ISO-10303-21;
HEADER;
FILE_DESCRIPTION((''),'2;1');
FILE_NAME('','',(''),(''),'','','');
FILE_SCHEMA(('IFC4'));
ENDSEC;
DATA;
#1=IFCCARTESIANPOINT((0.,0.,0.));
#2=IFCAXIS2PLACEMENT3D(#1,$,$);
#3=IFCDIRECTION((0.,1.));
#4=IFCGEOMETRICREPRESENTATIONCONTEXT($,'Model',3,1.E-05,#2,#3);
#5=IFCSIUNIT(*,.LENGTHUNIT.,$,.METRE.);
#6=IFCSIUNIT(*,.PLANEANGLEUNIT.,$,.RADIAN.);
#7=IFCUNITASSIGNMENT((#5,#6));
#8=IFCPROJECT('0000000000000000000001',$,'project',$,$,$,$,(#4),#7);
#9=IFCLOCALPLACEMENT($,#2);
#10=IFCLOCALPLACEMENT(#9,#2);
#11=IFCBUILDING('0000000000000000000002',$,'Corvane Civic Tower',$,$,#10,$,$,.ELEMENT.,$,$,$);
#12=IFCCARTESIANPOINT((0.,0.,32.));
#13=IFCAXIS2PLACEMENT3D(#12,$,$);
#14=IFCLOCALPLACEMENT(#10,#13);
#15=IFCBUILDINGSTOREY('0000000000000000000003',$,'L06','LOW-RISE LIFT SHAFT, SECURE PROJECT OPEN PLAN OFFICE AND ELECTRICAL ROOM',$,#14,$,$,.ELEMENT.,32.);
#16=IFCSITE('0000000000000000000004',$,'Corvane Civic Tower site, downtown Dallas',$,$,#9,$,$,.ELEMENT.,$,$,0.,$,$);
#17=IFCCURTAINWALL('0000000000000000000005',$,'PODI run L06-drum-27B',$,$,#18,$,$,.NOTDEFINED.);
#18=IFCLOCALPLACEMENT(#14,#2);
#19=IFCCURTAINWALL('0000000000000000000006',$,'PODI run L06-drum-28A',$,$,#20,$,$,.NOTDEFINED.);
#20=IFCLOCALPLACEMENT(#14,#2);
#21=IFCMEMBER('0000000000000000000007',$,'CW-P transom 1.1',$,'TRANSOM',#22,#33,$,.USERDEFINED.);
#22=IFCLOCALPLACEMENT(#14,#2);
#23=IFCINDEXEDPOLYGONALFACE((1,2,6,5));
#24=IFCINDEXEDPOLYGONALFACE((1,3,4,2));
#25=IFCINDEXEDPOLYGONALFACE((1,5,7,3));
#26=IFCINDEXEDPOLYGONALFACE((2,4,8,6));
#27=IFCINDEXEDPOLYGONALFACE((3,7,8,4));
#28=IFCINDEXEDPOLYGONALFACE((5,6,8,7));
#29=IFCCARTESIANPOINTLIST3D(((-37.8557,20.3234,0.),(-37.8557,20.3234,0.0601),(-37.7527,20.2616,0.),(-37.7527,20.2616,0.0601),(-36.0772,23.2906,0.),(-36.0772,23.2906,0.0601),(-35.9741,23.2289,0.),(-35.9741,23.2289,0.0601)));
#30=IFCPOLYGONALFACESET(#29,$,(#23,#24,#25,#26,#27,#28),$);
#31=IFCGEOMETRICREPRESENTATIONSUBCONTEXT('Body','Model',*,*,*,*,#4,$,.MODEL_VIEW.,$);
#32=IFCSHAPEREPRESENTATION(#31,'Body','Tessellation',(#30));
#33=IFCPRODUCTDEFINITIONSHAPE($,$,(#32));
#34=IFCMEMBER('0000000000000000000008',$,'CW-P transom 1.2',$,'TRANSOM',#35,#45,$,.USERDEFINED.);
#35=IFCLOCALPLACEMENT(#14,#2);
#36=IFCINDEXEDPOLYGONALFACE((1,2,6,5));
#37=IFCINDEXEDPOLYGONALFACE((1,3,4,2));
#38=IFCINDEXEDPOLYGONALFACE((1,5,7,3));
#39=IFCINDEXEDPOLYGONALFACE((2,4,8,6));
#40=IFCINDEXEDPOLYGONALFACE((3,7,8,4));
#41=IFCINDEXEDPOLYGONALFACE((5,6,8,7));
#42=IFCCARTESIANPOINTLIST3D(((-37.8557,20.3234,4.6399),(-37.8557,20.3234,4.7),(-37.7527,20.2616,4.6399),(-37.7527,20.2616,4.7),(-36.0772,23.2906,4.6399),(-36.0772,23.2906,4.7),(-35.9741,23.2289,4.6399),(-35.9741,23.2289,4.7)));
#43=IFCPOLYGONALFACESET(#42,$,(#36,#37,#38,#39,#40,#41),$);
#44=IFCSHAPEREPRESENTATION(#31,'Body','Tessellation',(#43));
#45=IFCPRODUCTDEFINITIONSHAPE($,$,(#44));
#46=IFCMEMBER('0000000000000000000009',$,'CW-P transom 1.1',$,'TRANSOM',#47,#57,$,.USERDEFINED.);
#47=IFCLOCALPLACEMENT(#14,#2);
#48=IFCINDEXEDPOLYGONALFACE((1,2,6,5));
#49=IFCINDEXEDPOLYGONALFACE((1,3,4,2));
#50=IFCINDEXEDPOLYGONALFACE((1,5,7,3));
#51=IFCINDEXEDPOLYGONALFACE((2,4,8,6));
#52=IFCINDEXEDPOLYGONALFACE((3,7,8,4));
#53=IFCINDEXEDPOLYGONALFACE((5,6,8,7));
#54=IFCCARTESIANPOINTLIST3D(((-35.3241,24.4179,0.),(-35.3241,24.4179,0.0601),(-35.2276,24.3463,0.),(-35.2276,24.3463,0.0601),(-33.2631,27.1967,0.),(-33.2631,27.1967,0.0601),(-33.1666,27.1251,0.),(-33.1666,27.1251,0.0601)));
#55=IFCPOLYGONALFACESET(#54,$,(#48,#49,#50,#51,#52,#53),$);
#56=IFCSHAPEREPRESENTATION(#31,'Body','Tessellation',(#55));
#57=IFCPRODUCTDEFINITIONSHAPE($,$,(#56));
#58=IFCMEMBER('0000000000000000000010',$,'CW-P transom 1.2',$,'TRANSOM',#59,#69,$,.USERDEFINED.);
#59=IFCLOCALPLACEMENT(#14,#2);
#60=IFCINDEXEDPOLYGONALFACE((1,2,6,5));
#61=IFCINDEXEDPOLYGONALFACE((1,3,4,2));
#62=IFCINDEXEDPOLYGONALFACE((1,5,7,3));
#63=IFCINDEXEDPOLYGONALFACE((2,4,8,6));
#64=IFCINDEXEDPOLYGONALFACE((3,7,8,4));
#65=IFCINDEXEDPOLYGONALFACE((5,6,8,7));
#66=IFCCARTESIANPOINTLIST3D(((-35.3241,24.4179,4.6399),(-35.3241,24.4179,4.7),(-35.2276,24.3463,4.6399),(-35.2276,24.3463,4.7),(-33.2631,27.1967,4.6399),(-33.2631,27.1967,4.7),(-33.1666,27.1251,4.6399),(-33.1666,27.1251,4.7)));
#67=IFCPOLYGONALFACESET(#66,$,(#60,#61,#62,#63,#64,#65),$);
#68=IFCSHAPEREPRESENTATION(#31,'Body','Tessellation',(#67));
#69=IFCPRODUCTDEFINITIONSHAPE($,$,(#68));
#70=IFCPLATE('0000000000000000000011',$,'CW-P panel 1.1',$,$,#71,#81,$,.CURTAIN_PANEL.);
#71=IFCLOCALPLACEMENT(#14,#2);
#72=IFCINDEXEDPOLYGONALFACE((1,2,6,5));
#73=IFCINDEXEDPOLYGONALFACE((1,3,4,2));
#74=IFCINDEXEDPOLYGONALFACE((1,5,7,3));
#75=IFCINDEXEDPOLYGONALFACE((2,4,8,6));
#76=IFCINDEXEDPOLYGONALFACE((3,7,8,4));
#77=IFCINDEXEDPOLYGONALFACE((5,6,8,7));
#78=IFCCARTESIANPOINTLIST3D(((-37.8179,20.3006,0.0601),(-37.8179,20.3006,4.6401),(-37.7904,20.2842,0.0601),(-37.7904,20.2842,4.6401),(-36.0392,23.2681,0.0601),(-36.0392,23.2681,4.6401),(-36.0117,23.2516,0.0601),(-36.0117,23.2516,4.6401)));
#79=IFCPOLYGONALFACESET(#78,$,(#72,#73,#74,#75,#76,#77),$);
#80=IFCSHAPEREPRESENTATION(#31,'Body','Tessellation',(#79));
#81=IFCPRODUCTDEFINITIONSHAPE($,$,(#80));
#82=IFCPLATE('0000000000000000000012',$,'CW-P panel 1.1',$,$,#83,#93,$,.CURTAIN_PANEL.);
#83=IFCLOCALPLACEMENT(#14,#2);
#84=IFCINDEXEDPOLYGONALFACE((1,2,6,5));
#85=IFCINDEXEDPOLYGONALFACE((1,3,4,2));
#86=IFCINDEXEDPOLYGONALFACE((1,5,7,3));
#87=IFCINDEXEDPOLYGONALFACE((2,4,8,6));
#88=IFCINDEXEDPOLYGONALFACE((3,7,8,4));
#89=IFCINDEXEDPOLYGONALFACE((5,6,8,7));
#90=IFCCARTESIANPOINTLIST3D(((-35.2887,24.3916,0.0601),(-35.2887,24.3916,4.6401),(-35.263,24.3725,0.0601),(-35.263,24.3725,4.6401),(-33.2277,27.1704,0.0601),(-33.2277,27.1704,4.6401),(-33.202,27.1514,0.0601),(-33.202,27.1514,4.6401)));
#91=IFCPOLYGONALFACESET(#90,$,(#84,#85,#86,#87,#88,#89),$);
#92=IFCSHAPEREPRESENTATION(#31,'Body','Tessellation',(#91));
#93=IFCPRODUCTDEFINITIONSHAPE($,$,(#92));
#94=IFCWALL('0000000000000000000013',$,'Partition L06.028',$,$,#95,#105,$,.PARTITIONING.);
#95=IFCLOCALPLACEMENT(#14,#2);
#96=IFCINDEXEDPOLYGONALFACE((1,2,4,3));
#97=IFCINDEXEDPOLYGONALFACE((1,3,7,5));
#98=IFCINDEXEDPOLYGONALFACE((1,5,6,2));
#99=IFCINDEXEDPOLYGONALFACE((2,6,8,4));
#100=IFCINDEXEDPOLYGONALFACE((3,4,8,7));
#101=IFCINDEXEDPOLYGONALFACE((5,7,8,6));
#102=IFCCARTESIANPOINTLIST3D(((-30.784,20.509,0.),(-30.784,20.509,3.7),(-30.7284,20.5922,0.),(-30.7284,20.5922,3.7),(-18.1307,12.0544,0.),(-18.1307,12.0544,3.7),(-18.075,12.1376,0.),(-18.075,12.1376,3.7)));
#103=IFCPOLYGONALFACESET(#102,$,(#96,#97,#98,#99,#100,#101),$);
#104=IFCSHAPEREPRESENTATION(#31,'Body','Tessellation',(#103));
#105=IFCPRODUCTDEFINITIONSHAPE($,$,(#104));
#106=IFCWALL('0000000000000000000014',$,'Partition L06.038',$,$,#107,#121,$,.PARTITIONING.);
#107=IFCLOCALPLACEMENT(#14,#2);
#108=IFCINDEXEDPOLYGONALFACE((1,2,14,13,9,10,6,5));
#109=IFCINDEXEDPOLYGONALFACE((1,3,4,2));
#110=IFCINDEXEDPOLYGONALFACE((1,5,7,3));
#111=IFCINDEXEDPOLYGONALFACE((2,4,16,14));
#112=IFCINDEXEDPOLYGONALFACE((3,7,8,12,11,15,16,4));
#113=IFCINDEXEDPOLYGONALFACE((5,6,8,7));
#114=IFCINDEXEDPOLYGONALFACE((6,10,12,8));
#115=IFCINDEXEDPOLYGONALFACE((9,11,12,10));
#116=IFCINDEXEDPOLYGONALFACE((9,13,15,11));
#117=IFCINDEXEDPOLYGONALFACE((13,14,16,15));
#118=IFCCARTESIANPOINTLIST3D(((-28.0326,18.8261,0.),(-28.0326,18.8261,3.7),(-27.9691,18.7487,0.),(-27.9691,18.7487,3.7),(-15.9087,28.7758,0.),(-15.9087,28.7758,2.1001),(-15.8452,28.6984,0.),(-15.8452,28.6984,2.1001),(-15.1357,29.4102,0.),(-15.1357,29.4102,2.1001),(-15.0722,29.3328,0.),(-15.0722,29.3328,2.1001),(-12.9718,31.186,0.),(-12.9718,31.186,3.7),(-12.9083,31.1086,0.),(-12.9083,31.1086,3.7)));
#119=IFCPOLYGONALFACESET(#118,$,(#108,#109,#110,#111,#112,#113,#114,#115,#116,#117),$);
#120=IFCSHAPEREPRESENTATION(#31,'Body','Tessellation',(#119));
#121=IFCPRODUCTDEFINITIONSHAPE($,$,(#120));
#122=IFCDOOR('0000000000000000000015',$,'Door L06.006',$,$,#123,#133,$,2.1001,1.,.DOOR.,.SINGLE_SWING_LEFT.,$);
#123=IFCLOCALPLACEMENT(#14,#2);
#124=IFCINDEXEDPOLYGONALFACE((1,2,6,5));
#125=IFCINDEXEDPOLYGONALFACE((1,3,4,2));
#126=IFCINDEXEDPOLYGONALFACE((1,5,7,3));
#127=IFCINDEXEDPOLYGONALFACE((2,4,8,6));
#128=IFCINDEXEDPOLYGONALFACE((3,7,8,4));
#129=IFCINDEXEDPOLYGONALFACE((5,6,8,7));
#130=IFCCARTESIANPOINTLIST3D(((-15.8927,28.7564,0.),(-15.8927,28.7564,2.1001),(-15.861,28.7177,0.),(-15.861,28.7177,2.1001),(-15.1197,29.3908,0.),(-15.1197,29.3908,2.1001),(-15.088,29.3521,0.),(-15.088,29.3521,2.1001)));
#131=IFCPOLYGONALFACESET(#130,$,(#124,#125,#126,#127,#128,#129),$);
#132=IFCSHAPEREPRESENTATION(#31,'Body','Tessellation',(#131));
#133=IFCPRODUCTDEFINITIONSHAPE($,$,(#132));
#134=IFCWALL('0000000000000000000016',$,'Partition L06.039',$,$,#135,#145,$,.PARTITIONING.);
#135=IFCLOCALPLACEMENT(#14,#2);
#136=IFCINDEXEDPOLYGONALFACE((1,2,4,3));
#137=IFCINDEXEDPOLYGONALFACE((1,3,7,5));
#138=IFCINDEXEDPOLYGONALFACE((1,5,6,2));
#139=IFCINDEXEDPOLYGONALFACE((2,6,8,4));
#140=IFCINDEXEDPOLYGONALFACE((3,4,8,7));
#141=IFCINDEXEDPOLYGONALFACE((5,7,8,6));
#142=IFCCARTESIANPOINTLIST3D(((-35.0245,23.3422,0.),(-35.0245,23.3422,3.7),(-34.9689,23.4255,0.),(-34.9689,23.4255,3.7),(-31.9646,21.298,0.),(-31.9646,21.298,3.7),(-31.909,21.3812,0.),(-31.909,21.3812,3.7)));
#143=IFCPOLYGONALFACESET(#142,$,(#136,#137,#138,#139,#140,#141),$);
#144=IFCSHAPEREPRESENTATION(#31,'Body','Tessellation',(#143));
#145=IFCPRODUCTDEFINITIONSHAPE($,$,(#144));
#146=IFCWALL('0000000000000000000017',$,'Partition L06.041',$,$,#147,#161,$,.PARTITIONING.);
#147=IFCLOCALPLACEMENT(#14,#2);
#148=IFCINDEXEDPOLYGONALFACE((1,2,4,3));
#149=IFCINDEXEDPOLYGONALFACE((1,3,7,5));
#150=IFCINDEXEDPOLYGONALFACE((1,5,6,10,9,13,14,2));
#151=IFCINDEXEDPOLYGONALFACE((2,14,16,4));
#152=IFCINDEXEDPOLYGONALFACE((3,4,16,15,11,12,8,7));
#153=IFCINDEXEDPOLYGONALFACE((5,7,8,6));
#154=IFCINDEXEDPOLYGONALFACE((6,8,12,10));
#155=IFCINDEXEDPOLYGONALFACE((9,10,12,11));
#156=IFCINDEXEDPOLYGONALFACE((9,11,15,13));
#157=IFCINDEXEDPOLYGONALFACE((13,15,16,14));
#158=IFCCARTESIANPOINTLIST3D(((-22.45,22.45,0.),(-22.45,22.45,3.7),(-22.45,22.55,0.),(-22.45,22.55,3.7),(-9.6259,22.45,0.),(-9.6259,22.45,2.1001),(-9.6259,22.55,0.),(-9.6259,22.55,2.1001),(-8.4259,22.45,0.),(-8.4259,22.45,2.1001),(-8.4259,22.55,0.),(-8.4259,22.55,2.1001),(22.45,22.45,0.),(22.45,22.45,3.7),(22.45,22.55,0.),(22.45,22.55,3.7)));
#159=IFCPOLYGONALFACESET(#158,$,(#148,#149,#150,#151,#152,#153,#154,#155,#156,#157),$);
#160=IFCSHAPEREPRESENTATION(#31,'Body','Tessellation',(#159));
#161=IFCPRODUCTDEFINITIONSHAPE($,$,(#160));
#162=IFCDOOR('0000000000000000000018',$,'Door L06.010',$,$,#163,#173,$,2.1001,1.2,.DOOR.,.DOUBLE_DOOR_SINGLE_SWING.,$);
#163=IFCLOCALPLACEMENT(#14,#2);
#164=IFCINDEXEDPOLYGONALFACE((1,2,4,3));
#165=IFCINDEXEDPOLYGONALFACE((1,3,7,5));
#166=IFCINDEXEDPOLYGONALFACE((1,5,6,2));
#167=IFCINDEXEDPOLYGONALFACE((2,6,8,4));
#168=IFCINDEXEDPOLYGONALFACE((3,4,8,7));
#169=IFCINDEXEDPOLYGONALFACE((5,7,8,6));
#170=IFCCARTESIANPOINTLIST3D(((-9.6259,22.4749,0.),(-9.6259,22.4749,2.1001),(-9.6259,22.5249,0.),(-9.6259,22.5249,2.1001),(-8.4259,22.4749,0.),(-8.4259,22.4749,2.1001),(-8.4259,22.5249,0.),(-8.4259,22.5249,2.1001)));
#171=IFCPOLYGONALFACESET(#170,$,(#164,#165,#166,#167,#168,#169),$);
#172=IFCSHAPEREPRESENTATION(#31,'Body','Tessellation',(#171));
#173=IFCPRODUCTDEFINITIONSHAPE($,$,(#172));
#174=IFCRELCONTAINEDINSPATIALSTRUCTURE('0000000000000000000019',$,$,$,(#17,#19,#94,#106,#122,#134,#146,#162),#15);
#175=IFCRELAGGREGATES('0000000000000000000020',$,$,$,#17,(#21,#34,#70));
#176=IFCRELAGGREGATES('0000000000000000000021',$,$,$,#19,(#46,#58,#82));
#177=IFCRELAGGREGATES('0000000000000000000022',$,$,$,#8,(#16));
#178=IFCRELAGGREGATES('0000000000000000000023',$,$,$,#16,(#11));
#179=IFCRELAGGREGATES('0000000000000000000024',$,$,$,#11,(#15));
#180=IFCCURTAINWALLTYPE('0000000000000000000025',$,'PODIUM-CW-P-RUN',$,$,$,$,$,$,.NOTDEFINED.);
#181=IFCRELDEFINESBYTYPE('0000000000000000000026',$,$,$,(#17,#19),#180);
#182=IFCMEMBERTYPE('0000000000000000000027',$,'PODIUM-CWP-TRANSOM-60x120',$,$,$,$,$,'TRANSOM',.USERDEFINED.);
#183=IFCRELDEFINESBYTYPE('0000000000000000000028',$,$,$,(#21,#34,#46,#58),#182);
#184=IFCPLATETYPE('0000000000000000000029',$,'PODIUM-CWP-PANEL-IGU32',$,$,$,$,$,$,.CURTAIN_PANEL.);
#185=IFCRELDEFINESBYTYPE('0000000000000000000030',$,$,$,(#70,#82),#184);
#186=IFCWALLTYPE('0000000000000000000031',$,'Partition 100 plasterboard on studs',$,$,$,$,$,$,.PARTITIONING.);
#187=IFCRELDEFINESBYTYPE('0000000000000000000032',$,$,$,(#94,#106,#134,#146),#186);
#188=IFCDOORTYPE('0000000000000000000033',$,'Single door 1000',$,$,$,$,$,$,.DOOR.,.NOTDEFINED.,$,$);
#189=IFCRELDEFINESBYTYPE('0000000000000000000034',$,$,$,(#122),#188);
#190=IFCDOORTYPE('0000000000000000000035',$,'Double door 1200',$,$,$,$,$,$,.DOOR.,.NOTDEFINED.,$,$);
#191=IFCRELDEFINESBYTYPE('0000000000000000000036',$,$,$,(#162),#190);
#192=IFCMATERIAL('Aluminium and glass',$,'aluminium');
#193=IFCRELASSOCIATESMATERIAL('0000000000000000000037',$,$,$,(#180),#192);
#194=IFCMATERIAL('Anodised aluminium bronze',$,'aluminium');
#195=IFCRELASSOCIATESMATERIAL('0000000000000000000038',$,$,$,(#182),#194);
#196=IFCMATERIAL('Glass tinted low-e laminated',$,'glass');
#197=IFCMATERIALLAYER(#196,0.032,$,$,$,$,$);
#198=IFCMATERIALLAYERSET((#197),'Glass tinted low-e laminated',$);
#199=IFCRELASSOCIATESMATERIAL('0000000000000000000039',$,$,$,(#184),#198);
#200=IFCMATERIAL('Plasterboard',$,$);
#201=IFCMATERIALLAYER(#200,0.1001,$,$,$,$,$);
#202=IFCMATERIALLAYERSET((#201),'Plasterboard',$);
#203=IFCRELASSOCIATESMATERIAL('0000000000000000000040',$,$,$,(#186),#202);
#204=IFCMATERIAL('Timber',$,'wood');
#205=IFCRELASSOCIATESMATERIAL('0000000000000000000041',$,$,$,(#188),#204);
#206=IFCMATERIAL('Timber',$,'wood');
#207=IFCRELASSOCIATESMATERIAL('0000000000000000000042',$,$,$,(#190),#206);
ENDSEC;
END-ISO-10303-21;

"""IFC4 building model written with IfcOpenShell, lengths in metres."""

from ifc_helpers import new_model, si_unit, direction, frame, frame_2d, origin, origin_2d, place, context, subcontext, project, spatial, rectangle, extrude, material, layer, layer_set, material_profile, profile_set, type_object, element, fill, aggregate, save


model = new_model("IFC4")

# Units and contexts
model_context = context("Model", 3, precision=1e-05, world=origin(), true_north=direction((0.0, 1.0)))
body_context = subcontext(model_context, "Body", "Model", "MODEL_VIEW")
ifc_project = project(units=[si_unit("LENGTHUNIT", "METRE"), si_unit("PLANEANGLEUNIT", "RADIAN")], contexts=[model_context])

# Site, building, storey
site_placement = place(None, origin())
site = spatial("IfcSite", under=ifc_project, at=site_placement, Name="Corvane Civic Tower site, downtown Dallas", CompositionType="ELEMENT", RefElevation=0.0)
building_placement = place(site_placement, origin())
building = spatial("IfcBuilding", under=site, at=building_placement, Name="Corvane Civic Tower", CompositionType="ELEMENT")
storey_placement = place(building_placement, frame((0.0, 0.0, 32.0)))
storey = spatial("IfcBuildingStorey", under=building, at=storey_placement, Name="L06", Description="LOW-RISE LIFT SHAFT, SECURE PROJECT OPEN PLAN OFFICE AND ELECTRICAL ROOM", CompositionType="ELEMENT", Elevation=32.0)

# Curtain wall
ifc_material_1 = material(Name="Aluminium and glass", Category="aluminium")
curtain_wall_type = type_object("IfcCurtainWallType", Name="PODIUM-CW-P-RUN", PredefinedType="NOTDEFINED", material=ifc_material_1)
curtain_wall_1_placement = place(storey_placement, origin())
curtain_wall_1 = element("IfcCurtainWall", 1, at=curtain_wall_1_placement, inside=storey, type_object=curtain_wall_type, Name="PODI run L06-drum-27B", PredefinedType="NOTDEFINED")

# Curtain wall
curtain_wall_2_placement = place(storey_placement, origin())
curtain_wall_2 = element("IfcCurtainWall", 2, at=curtain_wall_2_placement, inside=storey, type_object=curtain_wall_type, Name="PODI run L06-drum-28A", PredefinedType="NOTDEFINED")

# Members
ifc_material_2 = material(Name="Anodised aluminium bronze", Category="aluminium")
ifc_material_profile_1 = material_profile(ifc_material_2, rectangle(XDim=0.1201, YDim=0.0601, at=origin_2d()), Name="AL 120x60")
ifc_profile_set_1 = profile_set([ifc_material_profile_1], Name="Anodised aluminium bronze")
member_type_1 = type_object("IfcMemberType", Name="PODIUM-CWP-TRANSOM-60x120", ElementType="TRANSOM", PredefinedType="USERDEFINED", material=ifc_profile_set_1)
member_1_placement = place(storey_placement, frame((-37.8042, 20.2925, 0.03), z_axis=(0.514112, 0.857723, 0.0), x_axis=(-0.857723, 0.514112, 0.0)))
member_1 = element("IfcMember", 3, at=member_1_placement, type_object=member_type_1, Name="CW-P transom 1.1", ObjectType="TRANSOM", PredefinedType="USERDEFINED", context=body_context, shape_type="SweptSolid", body=[
    extrude(rectangle(XDim=0.1201, YDim=0.0601, at=origin_2d()), origin(), (0.0, 0.0, 1.0), 3.4595),
])
member_2_placement = place(storey_placement, frame((-37.8042, 20.2925, 4.6699), z_axis=(0.514112, 0.857723, 0.0), x_axis=(-0.857723, 0.514112, 0.0)))
member_2 = element("IfcMember", 4, at=member_2_placement, type_object=member_type_1, Name="CW-P transom 1.2", ObjectType="TRANSOM", PredefinedType="USERDEFINED", context=body_context, shape_type="SweptSolid", body=[
    extrude(rectangle(XDim=0.1201, YDim=0.0601, at=origin_2d()), origin(), (0.0, 0.0, 1.0), 3.4595),
])
member_3_placement = place(storey_placement, frame((-35.2759, 24.3821, 0.03), z_axis=(0.595724, 0.80319, 0.0), x_axis=(-0.80319, 0.595724, 0.0)))
member_3 = element("IfcMember", 5, at=member_3_placement, type_object=member_type_1, Name="CW-P transom 1.1", ObjectType="TRANSOM", PredefinedType="USERDEFINED", context=body_context, shape_type="SweptSolid", body=[
    extrude(rectangle(XDim=0.1201, YDim=0.0601, at=origin_2d()), origin(), (0.0, 0.0, 1.0), 3.4597),
])
member_4_placement = place(storey_placement, frame((-35.2759, 24.3821, 4.6699), z_axis=(0.595724, 0.80319, 0.0), x_axis=(-0.80319, 0.595724, 0.0)))
member_4 = element("IfcMember", 6, at=member_4_placement, type_object=member_type_1, Name="CW-P transom 1.2", ObjectType="TRANSOM", PredefinedType="USERDEFINED", context=body_context, shape_type="SweptSolid", body=[
    extrude(rectangle(XDim=0.1201, YDim=0.0601, at=origin_2d()), origin(), (0.0, 0.0, 1.0), 3.4597),
])

# Plates
ifc_material_3 = material(Name="Glass tinted low-e laminated", Category="glass")
ifc_layer_1 = layer(ifc_material_3, 0.032)
ifc_layer_set_1 = layer_set([ifc_layer_1], Name="Glass tinted low-e laminated")
plate_type = type_object("IfcPlateType", Name="PODIUM-CWP-PANEL-IGU32", PredefinedType="CURTAIN_PANEL", material=ifc_layer_set_1)
plate_1_placement = place(storey_placement, frame((-36.9148, 21.7761, 0.0601), z_axis=(0.0, 0.0, 1.0), x_axis=(0.514118, 0.85772, 0.0)))
plate_1 = element("IfcPlate", 7, at=plate_1_placement, type_object=plate_type, Name="CW-P panel 1.1", PredefinedType="CURTAIN_PANEL", context=body_context, shape_type="SweptSolid", body=[
    extrude(rectangle(XDim=3.4597, YDim=0.032, at=origin_2d()), origin(), (0.0, 0.0, 1.0), 4.5801),
])
aggregate(curtain_wall_1, [member_1, member_2, plate_1])
plate_2_placement = place(storey_placement, frame((-34.2454, 25.7715, 0.0601), z_axis=(0.0, 0.0, 1.0), x_axis=(0.595705, 0.803203, 0.0)))
plate_2 = element("IfcPlate", 8, at=plate_2_placement, type_object=plate_type, Name="CW-P panel 1.1", PredefinedType="CURTAIN_PANEL", context=body_context, shape_type="SweptSolid", body=[
    extrude(rectangle(XDim=3.4597, YDim=0.032, at=origin_2d()), origin(), (0.0, 0.0, 1.0), 4.5801),
])
aggregate(curtain_wall_2, [member_3, member_4, plate_2])

# Wall
ifc_material_4 = material(Name="Plasterboard")
ifc_layer_2 = layer(ifc_material_4, 0.1001)
ifc_layer_set_2 = layer_set([ifc_layer_2], Name="Plasterboard")
wall_type = type_object("IfcWallType", Name="Partition 100 plasterboard on studs", PredefinedType="PARTITIONING", material=ifc_layer_set_2)
wall_1_placement = place(storey_placement, frame((-30.7561, 20.5505, 0.0), z_axis=(0.0, 0.0, 1.0), x_axis=(0.831472, -0.555566, 0.0)))
element("IfcWall", 9, at=wall_1_placement, inside=storey, type_object=wall_type, Name="Partition L06.028", PredefinedType="PARTITIONING", context=body_context, shape_type="SweptSolid", body=[
    extrude(rectangle(XDim=15.218, YDim=0.1001, at=frame_2d((7.6089, 0.0))), origin(), (0.0, 0.0, 1.0), 3.7),
])

# Wall, opening, door
wall_2_placement = place(storey_placement, frame((-28.001, 18.7874, 0.0), z_axis=(0.0, 0.0, 1.0), x_axis=(0.773016, 0.634387, 0.0)))
wall_2 = element("IfcWall", 10, at=wall_2_placement, inside=storey, type_object=wall_type, Name="Partition L06.038", PredefinedType="PARTITIONING", context=body_context, shape_type="SweptSolid", body=[
    extrude(rectangle(XDim=19.4832, YDim=0.1001, at=frame_2d((9.7417, 0.0))), origin(), (0.0, 0.0, 1.0), 3.7),
])
opening_1_placement = place(wall_2_placement, frame((15.6841, 0.0, 0.0)))
opening_1 = element("IfcOpeningElement", 11, at=opening_1_placement, cuts=wall_2, PredefinedType="OPENING", context=body_context, shape_type="SweptSolid", body=[
    extrude(rectangle(XDim=1.0, YDim=2.1001, at=frame_2d((0.5, 1.05))), frame((0.0, 0.0601, 0.0), z_axis=(0.0, -1.0, 0.0), x_axis=(1.0, 0.0, 0.0)), (0.0, 0.0, 1.0), 0.1201),
])
ifc_material_5 = material(Name="Timber", Category="wood")
door_type_1 = type_object("IfcDoorType", Name="Single door 1000", OperationType="NOTDEFINED", PredefinedType="DOOR", material=ifc_material_5)
door_1_placement = place(opening_1_placement, origin())
door_1 = element("IfcDoor", 12, at=door_1_placement, inside=storey, type_object=door_type_1, Name="Door L06.006", OperationType="SINGLE_SWING_LEFT", OverallHeight=2.1001, OverallWidth=1.0, PredefinedType="DOOR", context=body_context, shape_type="SweptSolid", body=[
    extrude(rectangle(XDim=1.0, YDim=2.1001, at=frame_2d((0.5, 1.05))), frame((0.0, 0.0249, 0.0), z_axis=(0.0, -1.0, 0.0), x_axis=(1.0, 0.0, 0.0)), (0.0, 0.0, 1.0), 0.05),
])
fill(opening_1, door_1)

# Wall
wall_3_placement = place(storey_placement, frame((-34.9966, 23.3838, 0.0), z_axis=(0.0, 0.0, 1.0), x_axis=(0.831509, -0.555511, 0.0)))
element("IfcWall", 13, at=wall_3_placement, inside=storey, type_object=wall_type, Name="Partition L06.039", PredefinedType="PARTITIONING", context=body_context, shape_type="SweptSolid", body=[
    extrude(rectangle(XDim=3.6799, YDim=0.1001, at=frame_2d((1.8398, 0.0))), origin(), (0.0, 0.0, 1.0), 3.7),
])

# Wall, opening, door
wall_4_placement = place(storey_placement, frame((-22.45, 22.5, 0.0), z_axis=(0.0, 0.0, 1.0), x_axis=(1.0, 0.0, 0.0)))
wall_4 = element("IfcWall", 14, at=wall_4_placement, inside=storey, type_object=wall_type, Name="Partition L06.041", PredefinedType="PARTITIONING", context=body_context, shape_type="SweptSolid", body=[
    extrude(rectangle(XDim=44.8999, YDim=0.1001, at=frame_2d((22.45, 0.0))), origin(), (0.0, 0.0, 1.0), 3.7),
])
opening_2_placement = place(wall_4_placement, frame((12.824, 0.0, 0.0)))
opening_2 = element("IfcOpeningElement", 15, at=opening_2_placement, cuts=wall_4, PredefinedType="OPENING", context=body_context, shape_type="SweptSolid", body=[
    extrude(rectangle(XDim=1.2, YDim=2.1001, at=frame_2d((0.6001, 1.05))), frame((0.0, 0.0601, 0.0), z_axis=(0.0, -1.0, 0.0), x_axis=(1.0, 0.0, 0.0)), (0.0, 0.0, 1.0), 0.1201),
])
ifc_material_6 = material(Name="Timber", Category="wood")
door_type_2 = type_object("IfcDoorType", Name="Double door 1200", OperationType="NOTDEFINED", PredefinedType="DOOR", material=ifc_material_6)
door_2_placement = place(opening_2_placement, origin())
door_2 = element("IfcDoor", 16, at=door_2_placement, inside=storey, type_object=door_type_2, Name="Door L06.010", OperationType="DOUBLE_DOOR_SINGLE_SWING", OverallHeight=2.1001, OverallWidth=1.2, PredefinedType="DOOR", context=body_context, shape_type="SweptSolid", body=[
    extrude(rectangle(XDim=1.2, YDim=2.1001, at=frame_2d((0.6001, 1.05))), frame((0.0, 0.0249, 0.0), z_axis=(0.0, -1.0, 0.0), x_axis=(1.0, 0.0, 0.0)), (0.0, 0.0, 1.0), 0.05),
])
fill(opening_2, door_2)

save(model, "model.ifc")
